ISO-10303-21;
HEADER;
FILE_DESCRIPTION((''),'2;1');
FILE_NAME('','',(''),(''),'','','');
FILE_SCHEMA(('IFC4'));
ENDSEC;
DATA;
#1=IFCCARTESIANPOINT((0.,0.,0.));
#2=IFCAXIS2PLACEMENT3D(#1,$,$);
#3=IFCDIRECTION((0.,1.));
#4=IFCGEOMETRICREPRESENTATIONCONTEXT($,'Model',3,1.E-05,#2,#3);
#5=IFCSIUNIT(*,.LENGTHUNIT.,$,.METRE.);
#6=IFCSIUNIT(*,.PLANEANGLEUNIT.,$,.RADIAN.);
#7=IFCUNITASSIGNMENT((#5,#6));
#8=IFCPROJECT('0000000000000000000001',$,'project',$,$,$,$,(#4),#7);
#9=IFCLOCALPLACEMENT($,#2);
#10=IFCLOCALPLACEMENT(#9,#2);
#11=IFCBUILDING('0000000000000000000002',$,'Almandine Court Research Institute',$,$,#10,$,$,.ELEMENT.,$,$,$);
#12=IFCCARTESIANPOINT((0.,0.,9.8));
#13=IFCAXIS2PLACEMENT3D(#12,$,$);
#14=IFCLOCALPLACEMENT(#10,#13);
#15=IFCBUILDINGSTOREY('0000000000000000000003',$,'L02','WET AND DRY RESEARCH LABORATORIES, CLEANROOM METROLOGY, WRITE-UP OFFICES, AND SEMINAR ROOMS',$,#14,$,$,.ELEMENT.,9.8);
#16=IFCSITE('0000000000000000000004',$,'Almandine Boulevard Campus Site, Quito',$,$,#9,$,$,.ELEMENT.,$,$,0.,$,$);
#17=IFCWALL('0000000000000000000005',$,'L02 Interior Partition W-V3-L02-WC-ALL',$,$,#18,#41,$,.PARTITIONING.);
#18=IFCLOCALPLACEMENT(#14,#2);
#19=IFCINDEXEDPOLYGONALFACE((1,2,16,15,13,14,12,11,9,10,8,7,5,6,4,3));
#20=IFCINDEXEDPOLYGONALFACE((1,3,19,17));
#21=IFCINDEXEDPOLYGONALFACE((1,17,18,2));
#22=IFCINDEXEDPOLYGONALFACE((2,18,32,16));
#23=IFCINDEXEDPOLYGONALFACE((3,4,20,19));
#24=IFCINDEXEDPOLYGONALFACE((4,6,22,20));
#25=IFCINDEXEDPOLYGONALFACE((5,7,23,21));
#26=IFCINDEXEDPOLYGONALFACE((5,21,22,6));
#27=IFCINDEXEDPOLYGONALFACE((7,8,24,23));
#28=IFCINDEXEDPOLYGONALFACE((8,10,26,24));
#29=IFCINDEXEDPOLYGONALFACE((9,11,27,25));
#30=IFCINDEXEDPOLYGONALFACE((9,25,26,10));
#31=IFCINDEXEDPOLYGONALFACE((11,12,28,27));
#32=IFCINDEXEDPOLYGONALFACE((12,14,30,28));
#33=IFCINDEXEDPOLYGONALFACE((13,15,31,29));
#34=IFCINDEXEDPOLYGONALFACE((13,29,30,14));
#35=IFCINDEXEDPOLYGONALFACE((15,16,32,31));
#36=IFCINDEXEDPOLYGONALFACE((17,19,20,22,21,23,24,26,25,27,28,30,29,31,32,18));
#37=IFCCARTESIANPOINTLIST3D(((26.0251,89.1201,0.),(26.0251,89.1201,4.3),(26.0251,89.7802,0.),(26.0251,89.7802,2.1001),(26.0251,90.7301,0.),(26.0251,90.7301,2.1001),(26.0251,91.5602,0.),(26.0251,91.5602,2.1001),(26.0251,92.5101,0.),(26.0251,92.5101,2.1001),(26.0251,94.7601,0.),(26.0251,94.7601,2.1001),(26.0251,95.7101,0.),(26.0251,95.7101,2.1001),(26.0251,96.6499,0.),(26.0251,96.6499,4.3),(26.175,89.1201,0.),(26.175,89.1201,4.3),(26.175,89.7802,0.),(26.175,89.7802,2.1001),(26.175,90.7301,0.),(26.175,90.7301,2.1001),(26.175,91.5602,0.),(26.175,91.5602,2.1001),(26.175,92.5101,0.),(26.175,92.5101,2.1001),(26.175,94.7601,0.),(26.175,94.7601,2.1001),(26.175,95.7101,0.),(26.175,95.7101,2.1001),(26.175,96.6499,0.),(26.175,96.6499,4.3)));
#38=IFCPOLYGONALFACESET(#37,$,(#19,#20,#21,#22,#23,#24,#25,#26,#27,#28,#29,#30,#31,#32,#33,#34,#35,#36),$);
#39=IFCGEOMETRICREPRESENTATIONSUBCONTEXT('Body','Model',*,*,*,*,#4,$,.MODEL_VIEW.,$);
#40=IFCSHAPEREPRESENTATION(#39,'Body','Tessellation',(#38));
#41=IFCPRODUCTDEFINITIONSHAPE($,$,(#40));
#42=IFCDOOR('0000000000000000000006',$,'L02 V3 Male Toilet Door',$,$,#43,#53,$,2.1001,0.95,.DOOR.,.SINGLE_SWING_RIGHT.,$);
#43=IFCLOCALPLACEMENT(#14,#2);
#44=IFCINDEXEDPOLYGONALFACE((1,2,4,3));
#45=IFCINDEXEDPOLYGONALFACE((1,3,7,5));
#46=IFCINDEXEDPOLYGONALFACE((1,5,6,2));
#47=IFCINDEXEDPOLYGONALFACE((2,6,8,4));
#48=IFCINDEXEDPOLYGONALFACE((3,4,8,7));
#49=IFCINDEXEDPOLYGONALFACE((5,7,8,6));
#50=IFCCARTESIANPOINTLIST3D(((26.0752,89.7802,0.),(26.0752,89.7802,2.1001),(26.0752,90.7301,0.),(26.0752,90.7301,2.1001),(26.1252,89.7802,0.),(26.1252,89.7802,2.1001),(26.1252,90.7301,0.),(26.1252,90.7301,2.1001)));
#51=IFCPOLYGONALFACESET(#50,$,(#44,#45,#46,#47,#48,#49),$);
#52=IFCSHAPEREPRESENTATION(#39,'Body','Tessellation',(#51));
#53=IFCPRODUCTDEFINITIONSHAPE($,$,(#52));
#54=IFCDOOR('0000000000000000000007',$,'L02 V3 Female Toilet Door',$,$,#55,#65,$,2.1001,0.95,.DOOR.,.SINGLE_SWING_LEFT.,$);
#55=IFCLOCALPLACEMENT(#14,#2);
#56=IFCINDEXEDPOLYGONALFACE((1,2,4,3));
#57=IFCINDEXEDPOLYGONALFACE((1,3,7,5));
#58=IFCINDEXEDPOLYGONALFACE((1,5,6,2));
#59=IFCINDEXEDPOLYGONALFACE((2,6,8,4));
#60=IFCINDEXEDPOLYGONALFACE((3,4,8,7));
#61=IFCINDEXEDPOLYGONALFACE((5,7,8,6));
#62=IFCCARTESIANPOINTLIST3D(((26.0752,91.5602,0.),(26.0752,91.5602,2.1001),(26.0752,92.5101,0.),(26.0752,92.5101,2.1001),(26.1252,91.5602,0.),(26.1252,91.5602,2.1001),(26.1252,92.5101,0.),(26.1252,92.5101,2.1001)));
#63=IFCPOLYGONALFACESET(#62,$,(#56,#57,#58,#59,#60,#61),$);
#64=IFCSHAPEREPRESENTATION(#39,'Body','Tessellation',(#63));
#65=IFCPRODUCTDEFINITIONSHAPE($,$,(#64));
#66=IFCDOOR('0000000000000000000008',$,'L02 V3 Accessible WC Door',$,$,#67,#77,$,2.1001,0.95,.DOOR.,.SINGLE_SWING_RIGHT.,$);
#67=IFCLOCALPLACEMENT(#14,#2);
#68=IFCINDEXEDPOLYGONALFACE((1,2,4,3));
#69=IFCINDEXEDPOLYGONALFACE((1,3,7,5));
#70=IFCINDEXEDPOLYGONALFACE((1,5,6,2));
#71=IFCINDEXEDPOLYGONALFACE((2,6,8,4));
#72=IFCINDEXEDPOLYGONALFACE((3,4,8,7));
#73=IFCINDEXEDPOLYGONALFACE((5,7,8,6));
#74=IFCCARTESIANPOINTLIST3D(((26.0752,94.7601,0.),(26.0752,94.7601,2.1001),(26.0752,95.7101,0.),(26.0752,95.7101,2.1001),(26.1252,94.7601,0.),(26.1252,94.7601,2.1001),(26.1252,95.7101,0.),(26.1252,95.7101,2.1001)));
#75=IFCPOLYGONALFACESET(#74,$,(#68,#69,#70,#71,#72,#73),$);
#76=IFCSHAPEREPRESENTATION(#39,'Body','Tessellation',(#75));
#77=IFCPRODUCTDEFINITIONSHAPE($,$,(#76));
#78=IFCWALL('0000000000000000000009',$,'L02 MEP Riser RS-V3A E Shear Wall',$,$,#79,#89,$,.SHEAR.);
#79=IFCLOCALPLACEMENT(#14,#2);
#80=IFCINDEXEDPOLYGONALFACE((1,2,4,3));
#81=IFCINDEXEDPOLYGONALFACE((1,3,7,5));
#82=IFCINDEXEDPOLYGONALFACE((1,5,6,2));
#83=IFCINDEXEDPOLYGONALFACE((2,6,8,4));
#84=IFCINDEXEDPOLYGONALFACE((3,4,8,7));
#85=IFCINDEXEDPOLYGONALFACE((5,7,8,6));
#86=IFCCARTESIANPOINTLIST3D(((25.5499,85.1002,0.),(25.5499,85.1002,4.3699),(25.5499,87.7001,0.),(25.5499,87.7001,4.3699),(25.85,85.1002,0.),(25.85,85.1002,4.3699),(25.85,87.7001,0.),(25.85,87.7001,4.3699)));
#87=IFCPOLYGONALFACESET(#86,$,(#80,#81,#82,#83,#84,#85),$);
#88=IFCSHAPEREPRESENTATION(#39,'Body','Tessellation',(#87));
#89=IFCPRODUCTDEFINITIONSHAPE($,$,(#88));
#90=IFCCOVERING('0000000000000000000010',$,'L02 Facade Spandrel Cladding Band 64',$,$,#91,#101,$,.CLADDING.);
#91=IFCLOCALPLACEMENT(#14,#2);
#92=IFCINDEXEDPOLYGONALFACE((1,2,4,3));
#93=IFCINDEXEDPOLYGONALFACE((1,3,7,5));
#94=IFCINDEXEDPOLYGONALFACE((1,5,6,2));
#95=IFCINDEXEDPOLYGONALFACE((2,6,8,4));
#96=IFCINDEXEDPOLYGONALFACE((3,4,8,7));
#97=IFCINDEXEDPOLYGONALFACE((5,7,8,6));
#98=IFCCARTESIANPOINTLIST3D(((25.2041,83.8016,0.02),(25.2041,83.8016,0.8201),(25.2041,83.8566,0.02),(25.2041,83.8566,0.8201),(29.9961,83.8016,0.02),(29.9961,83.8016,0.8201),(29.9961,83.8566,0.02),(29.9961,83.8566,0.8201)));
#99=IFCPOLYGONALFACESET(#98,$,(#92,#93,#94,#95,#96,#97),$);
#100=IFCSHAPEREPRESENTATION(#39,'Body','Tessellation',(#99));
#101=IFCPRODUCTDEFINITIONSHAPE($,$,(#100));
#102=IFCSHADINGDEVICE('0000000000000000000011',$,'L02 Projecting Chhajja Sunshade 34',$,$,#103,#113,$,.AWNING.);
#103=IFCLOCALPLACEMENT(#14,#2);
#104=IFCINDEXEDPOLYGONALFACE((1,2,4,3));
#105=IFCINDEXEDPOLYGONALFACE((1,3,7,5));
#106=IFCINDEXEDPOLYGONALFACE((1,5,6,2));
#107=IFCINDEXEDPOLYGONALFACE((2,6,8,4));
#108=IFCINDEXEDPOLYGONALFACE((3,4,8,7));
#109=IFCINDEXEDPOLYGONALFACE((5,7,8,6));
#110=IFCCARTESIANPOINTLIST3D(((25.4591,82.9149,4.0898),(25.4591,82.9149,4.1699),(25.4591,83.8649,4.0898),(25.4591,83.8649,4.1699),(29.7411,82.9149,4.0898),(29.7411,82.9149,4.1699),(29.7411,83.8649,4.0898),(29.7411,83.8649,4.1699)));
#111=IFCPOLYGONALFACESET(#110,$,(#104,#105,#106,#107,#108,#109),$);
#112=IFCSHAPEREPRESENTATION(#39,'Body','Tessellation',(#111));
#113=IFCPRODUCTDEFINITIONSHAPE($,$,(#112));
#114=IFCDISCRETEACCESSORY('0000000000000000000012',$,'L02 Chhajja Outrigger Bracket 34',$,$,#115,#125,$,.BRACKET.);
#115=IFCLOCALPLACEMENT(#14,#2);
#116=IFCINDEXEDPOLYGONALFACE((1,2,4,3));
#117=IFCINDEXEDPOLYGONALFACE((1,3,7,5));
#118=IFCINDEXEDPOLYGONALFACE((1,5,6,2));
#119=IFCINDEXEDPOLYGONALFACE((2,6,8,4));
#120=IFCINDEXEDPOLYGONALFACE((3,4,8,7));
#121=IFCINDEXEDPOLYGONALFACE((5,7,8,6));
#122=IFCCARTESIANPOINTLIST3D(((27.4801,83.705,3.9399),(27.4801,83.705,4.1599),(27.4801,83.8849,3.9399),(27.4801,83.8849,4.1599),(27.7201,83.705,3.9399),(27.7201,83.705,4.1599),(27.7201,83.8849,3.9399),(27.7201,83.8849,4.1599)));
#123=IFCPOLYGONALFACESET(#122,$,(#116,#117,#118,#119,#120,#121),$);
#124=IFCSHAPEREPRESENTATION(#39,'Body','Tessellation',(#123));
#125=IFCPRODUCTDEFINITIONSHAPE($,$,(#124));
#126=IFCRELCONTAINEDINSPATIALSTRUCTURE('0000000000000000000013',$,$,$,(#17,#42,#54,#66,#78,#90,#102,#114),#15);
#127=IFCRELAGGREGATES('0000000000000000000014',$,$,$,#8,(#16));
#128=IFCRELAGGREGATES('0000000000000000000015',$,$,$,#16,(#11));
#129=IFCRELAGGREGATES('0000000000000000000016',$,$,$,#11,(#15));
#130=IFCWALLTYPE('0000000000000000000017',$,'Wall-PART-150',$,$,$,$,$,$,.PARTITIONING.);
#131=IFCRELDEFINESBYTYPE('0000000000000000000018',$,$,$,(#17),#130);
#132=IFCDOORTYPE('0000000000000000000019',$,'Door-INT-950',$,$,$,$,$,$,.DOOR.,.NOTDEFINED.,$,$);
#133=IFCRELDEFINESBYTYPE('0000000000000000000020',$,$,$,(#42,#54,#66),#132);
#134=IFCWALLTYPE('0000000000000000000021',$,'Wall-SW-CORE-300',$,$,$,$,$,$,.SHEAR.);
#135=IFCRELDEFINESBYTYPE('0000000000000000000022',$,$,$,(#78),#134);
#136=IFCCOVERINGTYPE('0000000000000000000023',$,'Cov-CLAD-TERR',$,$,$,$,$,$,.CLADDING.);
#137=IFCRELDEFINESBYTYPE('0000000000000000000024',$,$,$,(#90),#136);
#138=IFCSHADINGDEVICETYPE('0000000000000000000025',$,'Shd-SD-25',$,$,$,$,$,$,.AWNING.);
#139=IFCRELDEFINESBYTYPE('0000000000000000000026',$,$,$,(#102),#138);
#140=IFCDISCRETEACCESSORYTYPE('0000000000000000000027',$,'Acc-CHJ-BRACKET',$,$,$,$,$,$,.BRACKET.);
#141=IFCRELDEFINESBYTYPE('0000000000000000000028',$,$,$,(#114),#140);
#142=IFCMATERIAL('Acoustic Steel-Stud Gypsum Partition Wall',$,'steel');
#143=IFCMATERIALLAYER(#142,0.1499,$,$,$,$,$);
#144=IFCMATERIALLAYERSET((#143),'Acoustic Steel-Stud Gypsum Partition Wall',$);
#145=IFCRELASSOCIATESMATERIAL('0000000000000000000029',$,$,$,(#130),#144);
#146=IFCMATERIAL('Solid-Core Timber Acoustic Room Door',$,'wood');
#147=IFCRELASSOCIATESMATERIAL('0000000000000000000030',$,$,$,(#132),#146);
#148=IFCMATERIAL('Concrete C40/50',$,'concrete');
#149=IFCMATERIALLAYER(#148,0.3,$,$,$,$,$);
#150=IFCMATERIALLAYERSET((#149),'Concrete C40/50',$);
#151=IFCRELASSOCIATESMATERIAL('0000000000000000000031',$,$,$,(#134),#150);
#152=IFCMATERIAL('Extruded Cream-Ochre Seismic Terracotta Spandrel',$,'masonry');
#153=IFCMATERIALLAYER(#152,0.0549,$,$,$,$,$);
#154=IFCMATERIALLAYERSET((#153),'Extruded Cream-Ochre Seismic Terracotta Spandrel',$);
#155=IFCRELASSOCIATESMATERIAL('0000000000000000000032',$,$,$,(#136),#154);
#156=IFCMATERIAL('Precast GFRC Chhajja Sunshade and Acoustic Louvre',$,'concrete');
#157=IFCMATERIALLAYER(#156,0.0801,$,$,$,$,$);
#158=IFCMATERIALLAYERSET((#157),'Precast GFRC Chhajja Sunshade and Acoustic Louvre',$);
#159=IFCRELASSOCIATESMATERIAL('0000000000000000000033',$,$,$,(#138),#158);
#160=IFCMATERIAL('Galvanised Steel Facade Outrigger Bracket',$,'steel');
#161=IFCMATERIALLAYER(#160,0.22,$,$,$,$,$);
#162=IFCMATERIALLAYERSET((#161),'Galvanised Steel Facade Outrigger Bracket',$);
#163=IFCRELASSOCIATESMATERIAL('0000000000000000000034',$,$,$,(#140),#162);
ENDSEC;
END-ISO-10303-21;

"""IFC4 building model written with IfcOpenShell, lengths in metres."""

from ifc_helpers import new_model, si_unit, direction, frame, frame_2d, origin, origin_2d, place, context, subcontext, project, spatial, rectangle, extrude, material, layer, layer_set, type_object, element, fill, save


model = new_model("IFC4")

# Units and contexts
model_context = context("Model", 3, precision=1e-05, world=origin(), true_north=direction((0.0, 1.0)))
body_context = subcontext(model_context, "Body", "Model", "MODEL_VIEW")
ifc_project = project(units=[si_unit("LENGTHUNIT", "METRE"), si_unit("PLANEANGLEUNIT", "RADIAN")], contexts=[model_context])

# Site, building, storey
site_placement = place(None, origin())
site = spatial("IfcSite", under=ifc_project, at=site_placement, Name="Almandine Boulevard Campus Site, Quito", CompositionType="ELEMENT", RefElevation=0.0)
building_placement = place(site_placement, origin())
building = spatial("IfcBuilding", under=site, at=building_placement, Name="Almandine Court Research Institute", CompositionType="ELEMENT")
storey_placement = place(building_placement, frame((0.0, 0.0, 9.8)))
storey = spatial("IfcBuildingStorey", under=building, at=storey_placement, Name="L02", Description="WET AND DRY RESEARCH LABORATORIES, CLEANROOM METROLOGY, WRITE-UP OFFICES, AND SEMINAR ROOMS", CompositionType="ELEMENT", Elevation=9.8)

# Shared definitions
ifc_material_1 = material(Name="Acoustic Steel-Stud Gypsum Partition Wall", Category="steel")
ifc_layer_1 = layer(ifc_material_1, 0.1499)
ifc_layer_set_1 = layer_set([ifc_layer_1], Name="Acoustic Steel-Stud Gypsum Partition Wall")
wall_type_1 = type_object("IfcWallType", Name="Wall-PART-150", PredefinedType="PARTITIONING", material=ifc_layer_set_1)

# Wall, openings, doors
wall_1_placement = place(storey_placement, frame((26.1001, 89.1201, 0.0), z_axis=(0.0, 0.0, 1.0), x_axis=(0.0, 1.0, 0.0)))
wall_1 = element("IfcWall", 1, at=wall_1_placement, inside=storey, type_object=wall_type_1, Name="L02 Interior Partition W-V3-L02-WC-ALL", PredefinedType="PARTITIONING", context=body_context, shape_type="SweptSolid", body=[
    extrude(rectangle(XDim=7.5298, YDim=0.1499, at=frame_2d((3.7649, 0.0))), origin(), (0.0, 0.0, 1.0), 4.3),
])
opening_1_placement = place(wall_1_placement, frame((0.6599, 0.0, 0.0)))
opening_1 = element("IfcOpeningElement", 2, at=opening_1_placement, cuts=wall_1, PredefinedType="OPENING", context=body_context, shape_type="SweptSolid", body=[
    extrude(rectangle(XDim=0.95, YDim=2.1001, at=frame_2d((0.4751, 1.05))), frame((0.0, 0.085, 0.0), z_axis=(0.0, -1.0, 0.0), x_axis=(1.0, 0.0, 0.0)), (0.0, 0.0, 1.0), 0.1699),
])
opening_2_placement = place(wall_1_placement, frame((2.4399, 0.0, 0.0)))
opening_2 = element("IfcOpeningElement", 3, at=opening_2_placement, cuts=wall_1, PredefinedType="OPENING", context=body_context, shape_type="SweptSolid", body=[
    extrude(rectangle(XDim=0.95, YDim=2.1001, at=frame_2d((0.4751, 1.05))), frame((0.0, 0.085, 0.0), z_axis=(0.0, -1.0, 0.0), x_axis=(1.0, 0.0, 0.0)), (0.0, 0.0, 1.0), 0.1699),
])
opening_3_placement = place(wall_1_placement, frame((5.6399, 0.0, 0.0)))
opening_3 = element("IfcOpeningElement", 4, at=opening_3_placement, cuts=wall_1, PredefinedType="OPENING", context=body_context, shape_type="SweptSolid", body=[
    extrude(rectangle(XDim=0.95, YDim=2.1001, at=frame_2d((0.4751, 1.05))), frame((0.0, 0.085, 0.0), z_axis=(0.0, -1.0, 0.0), x_axis=(1.0, 0.0, 0.0)), (0.0, 0.0, 1.0), 0.1699),
])
ifc_material_2 = material(Name="Solid-Core Timber Acoustic Room Door", Category="wood")
door_type = type_object("IfcDoorType", Name="Door-INT-950", OperationType="NOTDEFINED", PredefinedType="DOOR", material=ifc_material_2)
door_1_placement = place(opening_1_placement, origin())
door_1 = element("IfcDoor", 5, at=door_1_placement, inside=storey, type_object=door_type, Name="L02 V3 Male Toilet Door", OperationType="SINGLE_SWING_RIGHT", OverallHeight=2.1001, OverallWidth=0.95, PredefinedType="DOOR", context=body_context, shape_type="SweptSolid", body=[
    extrude(rectangle(XDim=0.95, YDim=2.1001, at=frame_2d((0.4751, 1.05))), frame((0.0, 0.0249, 0.0), z_axis=(0.0, -1.0, 0.0), x_axis=(1.0, 0.0, 0.0)), (0.0, 0.0, 1.0), 0.05),
])
fill(opening_1, door_1)
door_2_placement = place(opening_2_placement, origin())
door_2 = element("IfcDoor", 6, at=door_2_placement, inside=storey, type_object=door_type, Name="L02 V3 Female Toilet Door", OperationType="SINGLE_SWING_LEFT", OverallHeight=2.1001, OverallWidth=0.95, PredefinedType="DOOR", context=body_context, shape_type="SweptSolid", body=[
    extrude(rectangle(XDim=0.95, YDim=2.1001, at=frame_2d((0.4751, 1.05))), frame((0.0, 0.0249, 0.0), z_axis=(0.0, -1.0, 0.0), x_axis=(1.0, 0.0, 0.0)), (0.0, 0.0, 1.0), 0.05),
])
fill(opening_2, door_2)
door_3_placement = place(opening_3_placement, origin())
door_3 = element("IfcDoor", 7, at=door_3_placement, inside=storey, type_object=door_type, Name="L02 V3 Accessible WC Door", OperationType="SINGLE_SWING_RIGHT", OverallHeight=2.1001, OverallWidth=0.95, PredefinedType="DOOR", context=body_context, shape_type="SweptSolid", body=[
    extrude(rectangle(XDim=0.95, YDim=2.1001, at=frame_2d((0.4751, 1.05))), frame((0.0, 0.0249, 0.0), z_axis=(0.0, -1.0, 0.0), x_axis=(1.0, 0.0, 0.0)), (0.0, 0.0, 1.0), 0.05),
])
fill(opening_3, door_3)

# Wall
ifc_material_3 = material(Name="Concrete C40/50", Category="concrete")
ifc_layer_2 = layer(ifc_material_3, 0.3)
ifc_layer_set_2 = layer_set([ifc_layer_2], Name="Concrete C40/50")
wall_type_2 = type_object("IfcWallType", Name="Wall-SW-CORE-300", PredefinedType="SHEAR", material=ifc_layer_set_2)
wall_2_placement = place(storey_placement, frame((25.7, 87.7, 0.0), z_axis=(0.0, 0.0, 1.0), x_axis=(0.0, -1.0, 0.0)))
element("IfcWall", 8, at=wall_2_placement, inside=storey, type_object=wall_type_2, Name="L02 MEP Riser RS-V3A E Shear Wall", PredefinedType="SHEAR", context=body_context, shape_type="SweptSolid", body=[
    extrude(rectangle(XDim=2.5999, YDim=0.3, at=frame_2d((1.2998, 0.0))), origin(), (0.0, 0.0, 1.0), 4.3699),
])

# Covering
ifc_material_4 = material(Name="Extruded Cream-Ochre Seismic Terracotta Spandrel", Category="masonry")
ifc_layer_3 = layer(ifc_material_4, 0.0549)
ifc_layer_set_3 = layer_set([ifc_layer_3], Name="Extruded Cream-Ochre Seismic Terracotta Spandrel")
covering_type = type_object("IfcCoveringType", Name="Cov-CLAD-TERR", PredefinedType="CLADDING", material=ifc_layer_set_3)
covering_placement = place(storey_placement, frame((27.6001, 83.8291, 0.02), z_axis=(0.0, 0.0, 1.0), x_axis=(-1.0, 0.0, 0.0)))
element("IfcCovering", 9, at=covering_placement, inside=storey, type_object=covering_type, Name="L02 Facade Spandrel Cladding Band 64", PredefinedType="CLADDING", context=body_context, shape_type="SweptSolid", body=[
    extrude(rectangle(XDim=4.792, YDim=0.0549, at=origin_2d()), origin(), (0.0, 0.0, 1.0), 0.8),
])

# Shading device
ifc_material_5 = material(Name="Precast GFRC Chhajja Sunshade and Acoustic Louvre", Category="concrete")
ifc_layer_4 = layer(ifc_material_5, 0.0801)
ifc_layer_set_4 = layer_set([ifc_layer_4], Name="Precast GFRC Chhajja Sunshade and Acoustic Louvre")
shading_device_type = type_object("IfcShadingDeviceType", Name="Shd-SD-25", PredefinedType="AWNING", material=ifc_layer_set_4)
shading_device_placement = place(storey_placement, frame((27.6001, 83.3899, 4.0898), z_axis=(0.0, 0.0, 1.0), x_axis=(-1.0, 0.0, 0.0)))
element("IfcShadingDevice", 10, at=shading_device_placement, inside=storey, type_object=shading_device_type, Name="L02 Projecting Chhajja Sunshade 34", PredefinedType="AWNING", context=body_context, shape_type="SweptSolid", body=[
    extrude(rectangle(XDim=4.282, YDim=0.95, at=origin_2d()), origin(), (0.0, 0.0, 1.0), 0.0801),
])

# Discrete accessory
ifc_material_6 = material(Name="Galvanised Steel Facade Outrigger Bracket", Category="steel")
ifc_layer_5 = layer(ifc_material_6, 0.22)
ifc_layer_set_5 = layer_set([ifc_layer_5], Name="Galvanised Steel Facade Outrigger Bracket")
discrete_accessory_type = type_object("IfcDiscreteAccessoryType", Name="Acc-CHJ-BRACKET", PredefinedType="BRACKET", material=ifc_layer_set_5)
discrete_accessory_placement = place(storey_placement, frame((27.6001, 83.7949, 3.9399), z_axis=(0.0, 0.0, 1.0), x_axis=(-1.0, 0.0, 0.0)))
element("IfcDiscreteAccessory", 11, at=discrete_accessory_placement, inside=storey, type_object=discrete_accessory_type, Name="L02 Chhajja Outrigger Bracket 34", PredefinedType="BRACKET", context=body_context, shape_type="SweptSolid", body=[
    extrude(rectangle(XDim=0.24, YDim=0.1799, at=origin_2d()), origin(), (0.0, 0.0, 1.0), 0.22),
])

save(model, "model.ifc")
